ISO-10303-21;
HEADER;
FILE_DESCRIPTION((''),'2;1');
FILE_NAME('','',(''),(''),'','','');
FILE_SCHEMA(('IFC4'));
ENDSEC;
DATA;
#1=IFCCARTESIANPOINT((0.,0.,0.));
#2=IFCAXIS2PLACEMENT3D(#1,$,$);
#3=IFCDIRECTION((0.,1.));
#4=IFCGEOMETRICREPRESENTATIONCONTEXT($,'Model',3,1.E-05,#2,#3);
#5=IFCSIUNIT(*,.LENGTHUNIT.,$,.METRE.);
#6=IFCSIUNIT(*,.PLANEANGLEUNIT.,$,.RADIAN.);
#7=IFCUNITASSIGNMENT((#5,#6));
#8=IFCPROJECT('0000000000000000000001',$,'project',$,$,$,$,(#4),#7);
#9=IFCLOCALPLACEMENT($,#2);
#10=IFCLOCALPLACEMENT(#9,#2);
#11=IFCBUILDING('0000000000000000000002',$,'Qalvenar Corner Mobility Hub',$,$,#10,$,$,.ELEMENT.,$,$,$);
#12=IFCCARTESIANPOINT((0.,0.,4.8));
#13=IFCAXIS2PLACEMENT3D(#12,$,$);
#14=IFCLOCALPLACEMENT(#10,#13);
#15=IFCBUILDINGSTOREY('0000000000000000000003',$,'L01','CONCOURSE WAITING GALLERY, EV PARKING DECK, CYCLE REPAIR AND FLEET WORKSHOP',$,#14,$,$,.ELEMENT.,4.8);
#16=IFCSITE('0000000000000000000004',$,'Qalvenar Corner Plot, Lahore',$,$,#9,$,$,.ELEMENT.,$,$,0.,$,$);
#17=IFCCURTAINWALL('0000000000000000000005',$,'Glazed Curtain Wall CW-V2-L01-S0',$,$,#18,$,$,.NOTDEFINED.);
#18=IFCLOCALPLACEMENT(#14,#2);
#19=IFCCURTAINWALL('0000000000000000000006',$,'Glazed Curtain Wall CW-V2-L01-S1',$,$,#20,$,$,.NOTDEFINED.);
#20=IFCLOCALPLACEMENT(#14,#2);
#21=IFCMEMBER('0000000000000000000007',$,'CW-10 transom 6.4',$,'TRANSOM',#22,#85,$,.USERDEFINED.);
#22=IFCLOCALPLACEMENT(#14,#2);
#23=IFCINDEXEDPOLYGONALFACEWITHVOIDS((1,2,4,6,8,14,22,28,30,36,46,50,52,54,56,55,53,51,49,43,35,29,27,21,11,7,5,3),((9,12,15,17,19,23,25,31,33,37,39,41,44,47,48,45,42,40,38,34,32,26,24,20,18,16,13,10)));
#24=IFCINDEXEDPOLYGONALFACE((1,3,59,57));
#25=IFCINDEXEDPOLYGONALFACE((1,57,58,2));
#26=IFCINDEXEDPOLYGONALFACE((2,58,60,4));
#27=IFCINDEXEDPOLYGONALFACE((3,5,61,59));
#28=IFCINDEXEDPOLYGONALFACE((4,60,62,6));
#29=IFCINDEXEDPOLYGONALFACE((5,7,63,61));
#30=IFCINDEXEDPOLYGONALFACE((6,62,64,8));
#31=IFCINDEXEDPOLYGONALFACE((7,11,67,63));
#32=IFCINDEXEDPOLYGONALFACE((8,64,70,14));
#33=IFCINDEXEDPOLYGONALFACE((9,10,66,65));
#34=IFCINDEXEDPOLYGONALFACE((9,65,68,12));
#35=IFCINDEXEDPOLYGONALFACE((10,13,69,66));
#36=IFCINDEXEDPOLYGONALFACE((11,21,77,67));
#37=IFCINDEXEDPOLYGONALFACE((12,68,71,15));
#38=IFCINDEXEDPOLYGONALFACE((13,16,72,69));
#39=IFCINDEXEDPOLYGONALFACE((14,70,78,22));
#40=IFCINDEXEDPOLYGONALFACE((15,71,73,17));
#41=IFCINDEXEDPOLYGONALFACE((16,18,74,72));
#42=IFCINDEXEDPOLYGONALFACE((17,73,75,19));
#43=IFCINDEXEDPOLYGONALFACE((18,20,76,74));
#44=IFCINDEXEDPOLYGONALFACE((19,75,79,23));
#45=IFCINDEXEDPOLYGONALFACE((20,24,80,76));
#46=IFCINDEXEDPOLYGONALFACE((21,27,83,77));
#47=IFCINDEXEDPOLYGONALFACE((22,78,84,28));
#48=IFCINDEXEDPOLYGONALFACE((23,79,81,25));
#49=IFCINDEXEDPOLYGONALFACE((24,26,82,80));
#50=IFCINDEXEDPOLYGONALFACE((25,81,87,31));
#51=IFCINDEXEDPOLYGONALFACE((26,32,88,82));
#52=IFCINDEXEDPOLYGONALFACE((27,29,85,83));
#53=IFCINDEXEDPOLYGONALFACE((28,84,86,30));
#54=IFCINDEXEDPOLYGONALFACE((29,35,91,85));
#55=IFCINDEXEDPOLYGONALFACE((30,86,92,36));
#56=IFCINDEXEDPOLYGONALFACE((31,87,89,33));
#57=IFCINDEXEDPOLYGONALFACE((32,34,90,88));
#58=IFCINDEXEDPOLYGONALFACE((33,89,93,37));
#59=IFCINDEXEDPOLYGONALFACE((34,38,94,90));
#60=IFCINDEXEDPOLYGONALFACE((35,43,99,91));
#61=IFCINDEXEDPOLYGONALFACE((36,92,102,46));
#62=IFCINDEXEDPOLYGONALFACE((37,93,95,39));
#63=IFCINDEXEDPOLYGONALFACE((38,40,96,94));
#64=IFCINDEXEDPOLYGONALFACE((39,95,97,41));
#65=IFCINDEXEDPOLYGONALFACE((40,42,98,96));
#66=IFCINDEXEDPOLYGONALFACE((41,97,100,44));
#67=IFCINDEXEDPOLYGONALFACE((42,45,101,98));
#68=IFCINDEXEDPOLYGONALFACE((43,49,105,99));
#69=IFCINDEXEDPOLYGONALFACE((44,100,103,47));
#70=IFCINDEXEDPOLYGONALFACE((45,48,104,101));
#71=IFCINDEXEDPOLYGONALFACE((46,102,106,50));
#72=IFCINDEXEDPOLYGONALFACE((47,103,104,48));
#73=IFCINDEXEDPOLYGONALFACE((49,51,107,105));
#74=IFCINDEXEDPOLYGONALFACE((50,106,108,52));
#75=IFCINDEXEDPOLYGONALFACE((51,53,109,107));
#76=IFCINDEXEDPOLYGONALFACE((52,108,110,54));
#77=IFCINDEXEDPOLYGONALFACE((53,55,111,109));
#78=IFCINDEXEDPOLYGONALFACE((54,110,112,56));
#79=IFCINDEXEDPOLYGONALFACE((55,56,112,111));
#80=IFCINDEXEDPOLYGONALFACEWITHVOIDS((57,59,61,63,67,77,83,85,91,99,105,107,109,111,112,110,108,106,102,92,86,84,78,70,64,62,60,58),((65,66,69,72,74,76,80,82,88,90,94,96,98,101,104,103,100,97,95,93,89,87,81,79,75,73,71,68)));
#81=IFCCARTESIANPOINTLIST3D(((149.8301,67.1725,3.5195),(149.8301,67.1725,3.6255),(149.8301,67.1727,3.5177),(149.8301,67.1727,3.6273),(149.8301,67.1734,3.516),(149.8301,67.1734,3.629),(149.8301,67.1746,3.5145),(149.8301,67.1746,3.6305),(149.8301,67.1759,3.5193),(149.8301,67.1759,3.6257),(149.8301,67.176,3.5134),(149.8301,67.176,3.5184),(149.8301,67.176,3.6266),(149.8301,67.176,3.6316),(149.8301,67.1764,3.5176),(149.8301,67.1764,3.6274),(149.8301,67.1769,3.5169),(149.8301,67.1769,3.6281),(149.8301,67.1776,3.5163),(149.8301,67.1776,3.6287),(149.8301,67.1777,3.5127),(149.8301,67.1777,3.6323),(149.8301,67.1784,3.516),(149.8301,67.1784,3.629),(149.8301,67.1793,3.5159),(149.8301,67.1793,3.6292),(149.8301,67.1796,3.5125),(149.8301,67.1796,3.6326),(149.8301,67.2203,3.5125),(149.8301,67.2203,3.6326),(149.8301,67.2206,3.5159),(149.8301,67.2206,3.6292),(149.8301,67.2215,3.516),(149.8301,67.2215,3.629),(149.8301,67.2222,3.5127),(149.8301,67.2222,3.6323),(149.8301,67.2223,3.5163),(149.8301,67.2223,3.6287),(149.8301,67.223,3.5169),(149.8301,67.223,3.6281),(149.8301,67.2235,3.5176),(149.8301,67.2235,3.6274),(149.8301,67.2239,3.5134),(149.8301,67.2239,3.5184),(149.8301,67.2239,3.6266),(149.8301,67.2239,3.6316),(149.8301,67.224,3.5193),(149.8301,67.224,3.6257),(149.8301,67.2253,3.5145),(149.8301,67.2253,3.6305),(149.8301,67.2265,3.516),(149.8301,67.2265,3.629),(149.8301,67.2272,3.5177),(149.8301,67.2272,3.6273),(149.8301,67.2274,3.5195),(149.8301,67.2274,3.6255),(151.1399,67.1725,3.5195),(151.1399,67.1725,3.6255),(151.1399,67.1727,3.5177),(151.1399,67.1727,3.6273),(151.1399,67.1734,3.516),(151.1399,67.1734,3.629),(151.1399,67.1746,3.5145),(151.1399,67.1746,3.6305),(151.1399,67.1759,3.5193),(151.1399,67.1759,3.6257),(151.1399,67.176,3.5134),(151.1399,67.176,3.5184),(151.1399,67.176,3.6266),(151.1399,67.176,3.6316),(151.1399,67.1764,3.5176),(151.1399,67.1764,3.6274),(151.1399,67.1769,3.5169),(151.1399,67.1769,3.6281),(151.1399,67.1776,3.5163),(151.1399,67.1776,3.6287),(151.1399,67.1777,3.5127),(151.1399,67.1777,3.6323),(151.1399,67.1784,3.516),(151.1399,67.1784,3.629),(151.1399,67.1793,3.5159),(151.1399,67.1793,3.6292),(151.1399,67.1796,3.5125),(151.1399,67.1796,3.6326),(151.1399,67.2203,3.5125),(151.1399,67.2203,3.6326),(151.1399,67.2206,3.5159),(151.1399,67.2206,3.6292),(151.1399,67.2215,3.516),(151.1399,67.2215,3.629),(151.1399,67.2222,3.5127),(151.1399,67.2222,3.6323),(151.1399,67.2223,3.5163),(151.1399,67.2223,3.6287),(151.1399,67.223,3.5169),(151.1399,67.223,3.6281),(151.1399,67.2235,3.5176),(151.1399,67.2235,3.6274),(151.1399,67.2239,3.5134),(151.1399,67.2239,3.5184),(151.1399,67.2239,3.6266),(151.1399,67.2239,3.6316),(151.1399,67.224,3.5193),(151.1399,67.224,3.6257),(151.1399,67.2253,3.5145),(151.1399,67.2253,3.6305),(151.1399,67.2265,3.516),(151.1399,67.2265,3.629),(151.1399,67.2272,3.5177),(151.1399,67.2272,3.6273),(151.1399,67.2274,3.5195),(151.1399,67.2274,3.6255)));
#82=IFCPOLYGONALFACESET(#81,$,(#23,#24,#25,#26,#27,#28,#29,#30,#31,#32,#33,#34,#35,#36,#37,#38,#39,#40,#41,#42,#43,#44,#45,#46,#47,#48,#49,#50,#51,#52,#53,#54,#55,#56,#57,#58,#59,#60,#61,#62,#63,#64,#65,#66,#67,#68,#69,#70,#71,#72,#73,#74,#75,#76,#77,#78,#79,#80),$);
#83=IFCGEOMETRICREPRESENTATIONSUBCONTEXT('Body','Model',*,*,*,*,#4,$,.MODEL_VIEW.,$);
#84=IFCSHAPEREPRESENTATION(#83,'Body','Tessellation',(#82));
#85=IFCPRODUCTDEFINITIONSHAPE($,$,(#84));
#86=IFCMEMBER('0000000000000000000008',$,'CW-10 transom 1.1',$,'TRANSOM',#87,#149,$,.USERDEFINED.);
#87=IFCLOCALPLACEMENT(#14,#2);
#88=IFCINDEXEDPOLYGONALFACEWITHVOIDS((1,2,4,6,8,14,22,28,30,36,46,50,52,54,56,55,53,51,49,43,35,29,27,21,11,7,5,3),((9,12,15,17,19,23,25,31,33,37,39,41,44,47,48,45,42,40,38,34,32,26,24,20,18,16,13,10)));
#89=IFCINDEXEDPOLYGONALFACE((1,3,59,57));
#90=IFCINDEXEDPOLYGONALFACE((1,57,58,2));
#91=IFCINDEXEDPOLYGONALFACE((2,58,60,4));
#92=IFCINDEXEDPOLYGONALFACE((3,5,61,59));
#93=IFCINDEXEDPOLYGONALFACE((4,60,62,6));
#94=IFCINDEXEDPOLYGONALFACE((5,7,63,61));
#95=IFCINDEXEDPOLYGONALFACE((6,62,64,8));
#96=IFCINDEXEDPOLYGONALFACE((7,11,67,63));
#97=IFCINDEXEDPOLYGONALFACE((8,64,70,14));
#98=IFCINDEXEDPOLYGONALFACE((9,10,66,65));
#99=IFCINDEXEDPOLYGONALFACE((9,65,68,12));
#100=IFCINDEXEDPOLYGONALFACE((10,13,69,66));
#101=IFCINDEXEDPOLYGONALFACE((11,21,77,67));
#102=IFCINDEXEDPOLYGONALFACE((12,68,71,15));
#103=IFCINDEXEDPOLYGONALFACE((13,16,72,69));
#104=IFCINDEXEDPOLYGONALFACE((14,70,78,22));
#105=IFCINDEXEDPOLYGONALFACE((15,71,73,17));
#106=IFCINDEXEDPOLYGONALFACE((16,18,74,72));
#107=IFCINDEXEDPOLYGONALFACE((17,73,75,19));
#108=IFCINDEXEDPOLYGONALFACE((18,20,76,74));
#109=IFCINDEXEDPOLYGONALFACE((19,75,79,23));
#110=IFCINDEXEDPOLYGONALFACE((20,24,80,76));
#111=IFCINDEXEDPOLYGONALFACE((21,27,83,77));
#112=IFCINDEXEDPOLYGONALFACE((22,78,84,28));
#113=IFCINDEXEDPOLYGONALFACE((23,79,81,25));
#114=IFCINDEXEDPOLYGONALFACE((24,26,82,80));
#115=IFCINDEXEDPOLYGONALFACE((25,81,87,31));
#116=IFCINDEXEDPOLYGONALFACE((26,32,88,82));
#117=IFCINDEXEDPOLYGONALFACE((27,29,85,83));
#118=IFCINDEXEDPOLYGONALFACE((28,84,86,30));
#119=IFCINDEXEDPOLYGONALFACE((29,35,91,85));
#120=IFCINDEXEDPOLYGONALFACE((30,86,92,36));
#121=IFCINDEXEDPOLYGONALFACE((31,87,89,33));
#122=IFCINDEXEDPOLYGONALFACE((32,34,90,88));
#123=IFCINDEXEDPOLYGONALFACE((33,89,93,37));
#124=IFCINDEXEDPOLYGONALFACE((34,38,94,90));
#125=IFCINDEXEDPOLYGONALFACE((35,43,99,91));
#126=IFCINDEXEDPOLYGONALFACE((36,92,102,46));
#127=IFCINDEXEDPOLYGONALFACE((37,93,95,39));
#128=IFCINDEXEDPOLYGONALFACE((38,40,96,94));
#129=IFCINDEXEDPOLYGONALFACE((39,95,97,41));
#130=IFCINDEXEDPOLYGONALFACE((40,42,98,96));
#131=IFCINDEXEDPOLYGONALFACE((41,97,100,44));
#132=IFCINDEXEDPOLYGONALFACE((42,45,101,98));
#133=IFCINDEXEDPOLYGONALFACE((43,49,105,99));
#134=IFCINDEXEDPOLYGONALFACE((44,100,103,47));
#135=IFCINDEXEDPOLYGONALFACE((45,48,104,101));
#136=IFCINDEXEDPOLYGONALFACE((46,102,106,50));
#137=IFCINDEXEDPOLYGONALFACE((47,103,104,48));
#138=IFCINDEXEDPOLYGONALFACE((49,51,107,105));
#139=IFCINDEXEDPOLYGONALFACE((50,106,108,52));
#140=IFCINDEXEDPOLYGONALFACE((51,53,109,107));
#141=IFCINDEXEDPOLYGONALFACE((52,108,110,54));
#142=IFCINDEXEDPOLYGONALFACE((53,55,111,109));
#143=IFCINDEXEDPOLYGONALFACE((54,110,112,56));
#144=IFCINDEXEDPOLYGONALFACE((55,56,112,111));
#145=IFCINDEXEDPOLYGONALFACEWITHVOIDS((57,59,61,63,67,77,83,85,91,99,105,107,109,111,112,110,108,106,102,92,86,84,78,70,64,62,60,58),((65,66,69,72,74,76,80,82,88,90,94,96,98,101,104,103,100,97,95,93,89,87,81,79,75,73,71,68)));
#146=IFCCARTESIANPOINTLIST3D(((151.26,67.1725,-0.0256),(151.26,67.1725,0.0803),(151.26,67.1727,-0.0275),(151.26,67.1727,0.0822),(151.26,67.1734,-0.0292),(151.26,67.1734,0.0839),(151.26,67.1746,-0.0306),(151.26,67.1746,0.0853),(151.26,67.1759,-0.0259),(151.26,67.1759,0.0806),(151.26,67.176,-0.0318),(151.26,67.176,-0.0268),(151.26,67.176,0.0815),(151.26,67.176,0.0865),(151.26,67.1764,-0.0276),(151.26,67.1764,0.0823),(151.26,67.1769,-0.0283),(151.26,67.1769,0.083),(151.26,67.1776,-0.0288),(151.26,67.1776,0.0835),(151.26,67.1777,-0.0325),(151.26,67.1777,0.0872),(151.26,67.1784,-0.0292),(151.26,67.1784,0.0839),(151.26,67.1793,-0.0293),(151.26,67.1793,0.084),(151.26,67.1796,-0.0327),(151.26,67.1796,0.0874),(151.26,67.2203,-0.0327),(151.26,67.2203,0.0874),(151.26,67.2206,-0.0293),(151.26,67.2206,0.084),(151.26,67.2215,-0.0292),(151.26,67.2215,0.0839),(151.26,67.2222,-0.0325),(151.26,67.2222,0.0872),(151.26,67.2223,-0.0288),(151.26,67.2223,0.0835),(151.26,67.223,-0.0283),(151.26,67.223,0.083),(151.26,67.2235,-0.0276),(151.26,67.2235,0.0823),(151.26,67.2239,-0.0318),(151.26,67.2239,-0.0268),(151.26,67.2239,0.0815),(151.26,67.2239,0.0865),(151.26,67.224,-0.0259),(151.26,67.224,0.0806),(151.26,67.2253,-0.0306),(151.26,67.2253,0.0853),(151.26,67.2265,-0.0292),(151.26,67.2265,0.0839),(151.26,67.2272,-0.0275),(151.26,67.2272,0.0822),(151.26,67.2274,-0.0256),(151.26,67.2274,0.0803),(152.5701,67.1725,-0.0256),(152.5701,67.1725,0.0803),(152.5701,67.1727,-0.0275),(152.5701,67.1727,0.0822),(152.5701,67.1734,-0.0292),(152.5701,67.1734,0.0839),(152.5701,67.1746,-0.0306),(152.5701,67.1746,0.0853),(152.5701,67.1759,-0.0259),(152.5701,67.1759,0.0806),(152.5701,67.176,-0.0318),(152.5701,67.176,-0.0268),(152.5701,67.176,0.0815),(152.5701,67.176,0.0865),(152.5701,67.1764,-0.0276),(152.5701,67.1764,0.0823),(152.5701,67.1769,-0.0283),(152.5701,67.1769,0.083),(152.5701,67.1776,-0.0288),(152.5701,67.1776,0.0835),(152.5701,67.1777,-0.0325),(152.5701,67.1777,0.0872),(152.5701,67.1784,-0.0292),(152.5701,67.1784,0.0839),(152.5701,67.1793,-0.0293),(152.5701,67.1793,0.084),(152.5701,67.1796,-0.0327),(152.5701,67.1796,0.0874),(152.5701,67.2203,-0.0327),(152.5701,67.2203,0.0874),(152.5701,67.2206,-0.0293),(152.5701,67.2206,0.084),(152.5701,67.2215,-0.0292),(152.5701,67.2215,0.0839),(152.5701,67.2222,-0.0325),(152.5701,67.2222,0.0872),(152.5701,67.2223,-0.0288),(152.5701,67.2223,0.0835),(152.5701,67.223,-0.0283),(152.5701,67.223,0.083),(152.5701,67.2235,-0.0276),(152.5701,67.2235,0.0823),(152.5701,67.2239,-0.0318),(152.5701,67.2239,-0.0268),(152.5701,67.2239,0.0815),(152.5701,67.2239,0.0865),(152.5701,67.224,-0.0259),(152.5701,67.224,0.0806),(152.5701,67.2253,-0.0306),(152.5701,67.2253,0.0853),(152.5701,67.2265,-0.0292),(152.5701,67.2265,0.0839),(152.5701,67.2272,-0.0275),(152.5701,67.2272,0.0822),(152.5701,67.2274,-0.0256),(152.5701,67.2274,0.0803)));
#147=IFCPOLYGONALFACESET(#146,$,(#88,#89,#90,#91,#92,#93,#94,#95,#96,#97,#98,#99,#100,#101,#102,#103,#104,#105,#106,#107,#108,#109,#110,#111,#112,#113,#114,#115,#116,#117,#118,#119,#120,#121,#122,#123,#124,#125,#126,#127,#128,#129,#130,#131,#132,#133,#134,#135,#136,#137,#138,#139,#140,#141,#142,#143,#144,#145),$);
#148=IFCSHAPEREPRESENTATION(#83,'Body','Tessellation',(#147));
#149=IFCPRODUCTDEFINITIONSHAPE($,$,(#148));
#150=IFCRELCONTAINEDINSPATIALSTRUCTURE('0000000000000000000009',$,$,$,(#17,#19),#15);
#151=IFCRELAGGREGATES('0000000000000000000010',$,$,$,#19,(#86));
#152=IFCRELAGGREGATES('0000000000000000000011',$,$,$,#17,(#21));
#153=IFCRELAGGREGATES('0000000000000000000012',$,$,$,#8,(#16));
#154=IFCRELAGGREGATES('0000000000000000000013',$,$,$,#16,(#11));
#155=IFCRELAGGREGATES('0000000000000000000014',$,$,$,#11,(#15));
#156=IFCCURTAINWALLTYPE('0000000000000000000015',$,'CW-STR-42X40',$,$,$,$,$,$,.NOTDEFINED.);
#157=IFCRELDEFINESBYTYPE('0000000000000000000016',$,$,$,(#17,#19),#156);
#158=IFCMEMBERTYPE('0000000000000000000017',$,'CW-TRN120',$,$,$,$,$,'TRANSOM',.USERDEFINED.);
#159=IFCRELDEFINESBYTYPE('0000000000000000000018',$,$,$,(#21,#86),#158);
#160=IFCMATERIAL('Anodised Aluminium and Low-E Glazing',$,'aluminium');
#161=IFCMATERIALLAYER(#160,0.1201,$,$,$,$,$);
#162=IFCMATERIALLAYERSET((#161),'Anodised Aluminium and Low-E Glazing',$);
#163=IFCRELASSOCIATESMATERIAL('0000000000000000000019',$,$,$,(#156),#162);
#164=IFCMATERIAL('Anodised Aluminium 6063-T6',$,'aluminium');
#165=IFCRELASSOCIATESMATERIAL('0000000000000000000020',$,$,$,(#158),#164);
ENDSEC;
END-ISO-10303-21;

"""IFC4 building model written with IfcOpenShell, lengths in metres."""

from ifc_helpers import new_model, si_unit, direction, frame, origin, origin_2d, place, context, subcontext, project, spatial, hollow_rectangle, extrude, material, layer, layer_set, material_profile, profile_set, type_object, element, aggregate, save


model = new_model("IFC4")

# Units and contexts
model_context = context("Model", 3, precision=1e-05, world=origin(), true_north=direction((0.0, 1.0)))
body_context = subcontext(model_context, "Body", "Model", "MODEL_VIEW")
ifc_project = project(units=[si_unit("LENGTHUNIT", "METRE"), si_unit("PLANEANGLEUNIT", "RADIAN")], contexts=[model_context])

# Site, building, storey
site_placement = place(None, origin())
site = spatial("IfcSite", under=ifc_project, at=site_placement, Name="Qalvenar Corner Plot, Lahore", CompositionType="ELEMENT", RefElevation=0.0)
building_placement = place(site_placement, origin())
building = spatial("IfcBuilding", under=site, at=building_placement, Name="Qalvenar Corner Mobility Hub", CompositionType="ELEMENT")
storey_placement = place(building_placement, frame((0.0, 0.0, 4.8)))
storey = spatial("IfcBuildingStorey", under=building, at=storey_placement, Name="L01", Description="CONCOURSE WAITING GALLERY, EV PARKING DECK, CYCLE REPAIR AND FLEET WORKSHOP", CompositionType="ELEMENT", Elevation=4.8)

# Curtain wall
ifc_material_1 = material(Name="Anodised Aluminium and Low-E Glazing", Category="aluminium")
ifc_layer_1 = layer(ifc_material_1, 0.1201)
ifc_layer_set_1 = layer_set([ifc_layer_1], Name="Anodised Aluminium and Low-E Glazing")
curtain_wall_type = type_object("IfcCurtainWallType", Name="CW-STR-42X40", PredefinedType="NOTDEFINED", material=ifc_layer_set_1)
curtain_wall_1_placement = place(storey_placement, origin())
curtain_wall_1 = element("IfcCurtainWall", 1, at=curtain_wall_1_placement, inside=storey, type_object=curtain_wall_type, Name="Glazed Curtain Wall CW-V2-L01-S0", PredefinedType="NOTDEFINED")
ifc_material_2 = material(Name="Anodised Aluminium 6063-T6", Category="aluminium")

# Curtain wall
curtain_wall_2_placement = place(storey_placement, origin())
curtain_wall_2 = element("IfcCurtainWall", 2, at=curtain_wall_2_placement, inside=storey, type_object=curtain_wall_type, Name="Glazed Curtain Wall CW-V2-L01-S1", PredefinedType="NOTDEFINED")

# Members
ifc_material_profile_1 = material_profile(ifc_material_2, hollow_rectangle(XDim=0.0549, YDim=0.1201, WallThickness=0.0034, InnerFilletRadius=0.0034, OuterFilletRadius=0.0071, at=origin_2d()), Name="RHS120x55x3.5")
ifc_profile_set_1 = profile_set([ifc_material_profile_1], Name="Anodised Aluminium 6063-T6")
member_type_1 = type_object("IfcMemberType", Name="CW-TRN120", ElementType="TRANSOM", PredefinedType="USERDEFINED", material=ifc_profile_set_1)
member_1_placement = place(storey_placement, frame((149.8301, 67.2, 3.5725), z_axis=(1.0, 0.0, 0.0), x_axis=(0.0, 1.0, 0.0)))
member_1 = element("IfcMember", 3, at=member_1_placement, type_object=member_type_1, Name="CW-10 transom 6.4", ObjectType="TRANSOM", PredefinedType="USERDEFINED", context=body_context, shape_type="SweptSolid", body=[
    extrude(hollow_rectangle(XDim=0.0549, YDim=0.1201, WallThickness=0.0034, InnerFilletRadius=0.0034, OuterFilletRadius=0.0071, at=origin_2d()), origin(), (0.0, 0.0, 1.0), 1.3098),
])
member_2_placement = place(storey_placement, frame((151.26, 67.2, 0.0273), z_axis=(1.0, 0.0, 0.0), x_axis=(0.0, 1.0, 0.0)))
member_2 = element("IfcMember", 4, at=member_2_placement, type_object=member_type_1, Name="CW-10 transom 1.1", ObjectType="TRANSOM", PredefinedType="USERDEFINED", context=body_context, shape_type="SweptSolid", body=[
    extrude(hollow_rectangle(XDim=0.0549, YDim=0.1201, WallThickness=0.0034, InnerFilletRadius=0.0034, OuterFilletRadius=0.0071, at=origin_2d()), origin(), (0.0, 0.0, 1.0), 1.3101),
])
aggregate(curtain_wall_2, [member_2])

aggregate(curtain_wall_1, [member_1])

save(model, "model.ifc")
